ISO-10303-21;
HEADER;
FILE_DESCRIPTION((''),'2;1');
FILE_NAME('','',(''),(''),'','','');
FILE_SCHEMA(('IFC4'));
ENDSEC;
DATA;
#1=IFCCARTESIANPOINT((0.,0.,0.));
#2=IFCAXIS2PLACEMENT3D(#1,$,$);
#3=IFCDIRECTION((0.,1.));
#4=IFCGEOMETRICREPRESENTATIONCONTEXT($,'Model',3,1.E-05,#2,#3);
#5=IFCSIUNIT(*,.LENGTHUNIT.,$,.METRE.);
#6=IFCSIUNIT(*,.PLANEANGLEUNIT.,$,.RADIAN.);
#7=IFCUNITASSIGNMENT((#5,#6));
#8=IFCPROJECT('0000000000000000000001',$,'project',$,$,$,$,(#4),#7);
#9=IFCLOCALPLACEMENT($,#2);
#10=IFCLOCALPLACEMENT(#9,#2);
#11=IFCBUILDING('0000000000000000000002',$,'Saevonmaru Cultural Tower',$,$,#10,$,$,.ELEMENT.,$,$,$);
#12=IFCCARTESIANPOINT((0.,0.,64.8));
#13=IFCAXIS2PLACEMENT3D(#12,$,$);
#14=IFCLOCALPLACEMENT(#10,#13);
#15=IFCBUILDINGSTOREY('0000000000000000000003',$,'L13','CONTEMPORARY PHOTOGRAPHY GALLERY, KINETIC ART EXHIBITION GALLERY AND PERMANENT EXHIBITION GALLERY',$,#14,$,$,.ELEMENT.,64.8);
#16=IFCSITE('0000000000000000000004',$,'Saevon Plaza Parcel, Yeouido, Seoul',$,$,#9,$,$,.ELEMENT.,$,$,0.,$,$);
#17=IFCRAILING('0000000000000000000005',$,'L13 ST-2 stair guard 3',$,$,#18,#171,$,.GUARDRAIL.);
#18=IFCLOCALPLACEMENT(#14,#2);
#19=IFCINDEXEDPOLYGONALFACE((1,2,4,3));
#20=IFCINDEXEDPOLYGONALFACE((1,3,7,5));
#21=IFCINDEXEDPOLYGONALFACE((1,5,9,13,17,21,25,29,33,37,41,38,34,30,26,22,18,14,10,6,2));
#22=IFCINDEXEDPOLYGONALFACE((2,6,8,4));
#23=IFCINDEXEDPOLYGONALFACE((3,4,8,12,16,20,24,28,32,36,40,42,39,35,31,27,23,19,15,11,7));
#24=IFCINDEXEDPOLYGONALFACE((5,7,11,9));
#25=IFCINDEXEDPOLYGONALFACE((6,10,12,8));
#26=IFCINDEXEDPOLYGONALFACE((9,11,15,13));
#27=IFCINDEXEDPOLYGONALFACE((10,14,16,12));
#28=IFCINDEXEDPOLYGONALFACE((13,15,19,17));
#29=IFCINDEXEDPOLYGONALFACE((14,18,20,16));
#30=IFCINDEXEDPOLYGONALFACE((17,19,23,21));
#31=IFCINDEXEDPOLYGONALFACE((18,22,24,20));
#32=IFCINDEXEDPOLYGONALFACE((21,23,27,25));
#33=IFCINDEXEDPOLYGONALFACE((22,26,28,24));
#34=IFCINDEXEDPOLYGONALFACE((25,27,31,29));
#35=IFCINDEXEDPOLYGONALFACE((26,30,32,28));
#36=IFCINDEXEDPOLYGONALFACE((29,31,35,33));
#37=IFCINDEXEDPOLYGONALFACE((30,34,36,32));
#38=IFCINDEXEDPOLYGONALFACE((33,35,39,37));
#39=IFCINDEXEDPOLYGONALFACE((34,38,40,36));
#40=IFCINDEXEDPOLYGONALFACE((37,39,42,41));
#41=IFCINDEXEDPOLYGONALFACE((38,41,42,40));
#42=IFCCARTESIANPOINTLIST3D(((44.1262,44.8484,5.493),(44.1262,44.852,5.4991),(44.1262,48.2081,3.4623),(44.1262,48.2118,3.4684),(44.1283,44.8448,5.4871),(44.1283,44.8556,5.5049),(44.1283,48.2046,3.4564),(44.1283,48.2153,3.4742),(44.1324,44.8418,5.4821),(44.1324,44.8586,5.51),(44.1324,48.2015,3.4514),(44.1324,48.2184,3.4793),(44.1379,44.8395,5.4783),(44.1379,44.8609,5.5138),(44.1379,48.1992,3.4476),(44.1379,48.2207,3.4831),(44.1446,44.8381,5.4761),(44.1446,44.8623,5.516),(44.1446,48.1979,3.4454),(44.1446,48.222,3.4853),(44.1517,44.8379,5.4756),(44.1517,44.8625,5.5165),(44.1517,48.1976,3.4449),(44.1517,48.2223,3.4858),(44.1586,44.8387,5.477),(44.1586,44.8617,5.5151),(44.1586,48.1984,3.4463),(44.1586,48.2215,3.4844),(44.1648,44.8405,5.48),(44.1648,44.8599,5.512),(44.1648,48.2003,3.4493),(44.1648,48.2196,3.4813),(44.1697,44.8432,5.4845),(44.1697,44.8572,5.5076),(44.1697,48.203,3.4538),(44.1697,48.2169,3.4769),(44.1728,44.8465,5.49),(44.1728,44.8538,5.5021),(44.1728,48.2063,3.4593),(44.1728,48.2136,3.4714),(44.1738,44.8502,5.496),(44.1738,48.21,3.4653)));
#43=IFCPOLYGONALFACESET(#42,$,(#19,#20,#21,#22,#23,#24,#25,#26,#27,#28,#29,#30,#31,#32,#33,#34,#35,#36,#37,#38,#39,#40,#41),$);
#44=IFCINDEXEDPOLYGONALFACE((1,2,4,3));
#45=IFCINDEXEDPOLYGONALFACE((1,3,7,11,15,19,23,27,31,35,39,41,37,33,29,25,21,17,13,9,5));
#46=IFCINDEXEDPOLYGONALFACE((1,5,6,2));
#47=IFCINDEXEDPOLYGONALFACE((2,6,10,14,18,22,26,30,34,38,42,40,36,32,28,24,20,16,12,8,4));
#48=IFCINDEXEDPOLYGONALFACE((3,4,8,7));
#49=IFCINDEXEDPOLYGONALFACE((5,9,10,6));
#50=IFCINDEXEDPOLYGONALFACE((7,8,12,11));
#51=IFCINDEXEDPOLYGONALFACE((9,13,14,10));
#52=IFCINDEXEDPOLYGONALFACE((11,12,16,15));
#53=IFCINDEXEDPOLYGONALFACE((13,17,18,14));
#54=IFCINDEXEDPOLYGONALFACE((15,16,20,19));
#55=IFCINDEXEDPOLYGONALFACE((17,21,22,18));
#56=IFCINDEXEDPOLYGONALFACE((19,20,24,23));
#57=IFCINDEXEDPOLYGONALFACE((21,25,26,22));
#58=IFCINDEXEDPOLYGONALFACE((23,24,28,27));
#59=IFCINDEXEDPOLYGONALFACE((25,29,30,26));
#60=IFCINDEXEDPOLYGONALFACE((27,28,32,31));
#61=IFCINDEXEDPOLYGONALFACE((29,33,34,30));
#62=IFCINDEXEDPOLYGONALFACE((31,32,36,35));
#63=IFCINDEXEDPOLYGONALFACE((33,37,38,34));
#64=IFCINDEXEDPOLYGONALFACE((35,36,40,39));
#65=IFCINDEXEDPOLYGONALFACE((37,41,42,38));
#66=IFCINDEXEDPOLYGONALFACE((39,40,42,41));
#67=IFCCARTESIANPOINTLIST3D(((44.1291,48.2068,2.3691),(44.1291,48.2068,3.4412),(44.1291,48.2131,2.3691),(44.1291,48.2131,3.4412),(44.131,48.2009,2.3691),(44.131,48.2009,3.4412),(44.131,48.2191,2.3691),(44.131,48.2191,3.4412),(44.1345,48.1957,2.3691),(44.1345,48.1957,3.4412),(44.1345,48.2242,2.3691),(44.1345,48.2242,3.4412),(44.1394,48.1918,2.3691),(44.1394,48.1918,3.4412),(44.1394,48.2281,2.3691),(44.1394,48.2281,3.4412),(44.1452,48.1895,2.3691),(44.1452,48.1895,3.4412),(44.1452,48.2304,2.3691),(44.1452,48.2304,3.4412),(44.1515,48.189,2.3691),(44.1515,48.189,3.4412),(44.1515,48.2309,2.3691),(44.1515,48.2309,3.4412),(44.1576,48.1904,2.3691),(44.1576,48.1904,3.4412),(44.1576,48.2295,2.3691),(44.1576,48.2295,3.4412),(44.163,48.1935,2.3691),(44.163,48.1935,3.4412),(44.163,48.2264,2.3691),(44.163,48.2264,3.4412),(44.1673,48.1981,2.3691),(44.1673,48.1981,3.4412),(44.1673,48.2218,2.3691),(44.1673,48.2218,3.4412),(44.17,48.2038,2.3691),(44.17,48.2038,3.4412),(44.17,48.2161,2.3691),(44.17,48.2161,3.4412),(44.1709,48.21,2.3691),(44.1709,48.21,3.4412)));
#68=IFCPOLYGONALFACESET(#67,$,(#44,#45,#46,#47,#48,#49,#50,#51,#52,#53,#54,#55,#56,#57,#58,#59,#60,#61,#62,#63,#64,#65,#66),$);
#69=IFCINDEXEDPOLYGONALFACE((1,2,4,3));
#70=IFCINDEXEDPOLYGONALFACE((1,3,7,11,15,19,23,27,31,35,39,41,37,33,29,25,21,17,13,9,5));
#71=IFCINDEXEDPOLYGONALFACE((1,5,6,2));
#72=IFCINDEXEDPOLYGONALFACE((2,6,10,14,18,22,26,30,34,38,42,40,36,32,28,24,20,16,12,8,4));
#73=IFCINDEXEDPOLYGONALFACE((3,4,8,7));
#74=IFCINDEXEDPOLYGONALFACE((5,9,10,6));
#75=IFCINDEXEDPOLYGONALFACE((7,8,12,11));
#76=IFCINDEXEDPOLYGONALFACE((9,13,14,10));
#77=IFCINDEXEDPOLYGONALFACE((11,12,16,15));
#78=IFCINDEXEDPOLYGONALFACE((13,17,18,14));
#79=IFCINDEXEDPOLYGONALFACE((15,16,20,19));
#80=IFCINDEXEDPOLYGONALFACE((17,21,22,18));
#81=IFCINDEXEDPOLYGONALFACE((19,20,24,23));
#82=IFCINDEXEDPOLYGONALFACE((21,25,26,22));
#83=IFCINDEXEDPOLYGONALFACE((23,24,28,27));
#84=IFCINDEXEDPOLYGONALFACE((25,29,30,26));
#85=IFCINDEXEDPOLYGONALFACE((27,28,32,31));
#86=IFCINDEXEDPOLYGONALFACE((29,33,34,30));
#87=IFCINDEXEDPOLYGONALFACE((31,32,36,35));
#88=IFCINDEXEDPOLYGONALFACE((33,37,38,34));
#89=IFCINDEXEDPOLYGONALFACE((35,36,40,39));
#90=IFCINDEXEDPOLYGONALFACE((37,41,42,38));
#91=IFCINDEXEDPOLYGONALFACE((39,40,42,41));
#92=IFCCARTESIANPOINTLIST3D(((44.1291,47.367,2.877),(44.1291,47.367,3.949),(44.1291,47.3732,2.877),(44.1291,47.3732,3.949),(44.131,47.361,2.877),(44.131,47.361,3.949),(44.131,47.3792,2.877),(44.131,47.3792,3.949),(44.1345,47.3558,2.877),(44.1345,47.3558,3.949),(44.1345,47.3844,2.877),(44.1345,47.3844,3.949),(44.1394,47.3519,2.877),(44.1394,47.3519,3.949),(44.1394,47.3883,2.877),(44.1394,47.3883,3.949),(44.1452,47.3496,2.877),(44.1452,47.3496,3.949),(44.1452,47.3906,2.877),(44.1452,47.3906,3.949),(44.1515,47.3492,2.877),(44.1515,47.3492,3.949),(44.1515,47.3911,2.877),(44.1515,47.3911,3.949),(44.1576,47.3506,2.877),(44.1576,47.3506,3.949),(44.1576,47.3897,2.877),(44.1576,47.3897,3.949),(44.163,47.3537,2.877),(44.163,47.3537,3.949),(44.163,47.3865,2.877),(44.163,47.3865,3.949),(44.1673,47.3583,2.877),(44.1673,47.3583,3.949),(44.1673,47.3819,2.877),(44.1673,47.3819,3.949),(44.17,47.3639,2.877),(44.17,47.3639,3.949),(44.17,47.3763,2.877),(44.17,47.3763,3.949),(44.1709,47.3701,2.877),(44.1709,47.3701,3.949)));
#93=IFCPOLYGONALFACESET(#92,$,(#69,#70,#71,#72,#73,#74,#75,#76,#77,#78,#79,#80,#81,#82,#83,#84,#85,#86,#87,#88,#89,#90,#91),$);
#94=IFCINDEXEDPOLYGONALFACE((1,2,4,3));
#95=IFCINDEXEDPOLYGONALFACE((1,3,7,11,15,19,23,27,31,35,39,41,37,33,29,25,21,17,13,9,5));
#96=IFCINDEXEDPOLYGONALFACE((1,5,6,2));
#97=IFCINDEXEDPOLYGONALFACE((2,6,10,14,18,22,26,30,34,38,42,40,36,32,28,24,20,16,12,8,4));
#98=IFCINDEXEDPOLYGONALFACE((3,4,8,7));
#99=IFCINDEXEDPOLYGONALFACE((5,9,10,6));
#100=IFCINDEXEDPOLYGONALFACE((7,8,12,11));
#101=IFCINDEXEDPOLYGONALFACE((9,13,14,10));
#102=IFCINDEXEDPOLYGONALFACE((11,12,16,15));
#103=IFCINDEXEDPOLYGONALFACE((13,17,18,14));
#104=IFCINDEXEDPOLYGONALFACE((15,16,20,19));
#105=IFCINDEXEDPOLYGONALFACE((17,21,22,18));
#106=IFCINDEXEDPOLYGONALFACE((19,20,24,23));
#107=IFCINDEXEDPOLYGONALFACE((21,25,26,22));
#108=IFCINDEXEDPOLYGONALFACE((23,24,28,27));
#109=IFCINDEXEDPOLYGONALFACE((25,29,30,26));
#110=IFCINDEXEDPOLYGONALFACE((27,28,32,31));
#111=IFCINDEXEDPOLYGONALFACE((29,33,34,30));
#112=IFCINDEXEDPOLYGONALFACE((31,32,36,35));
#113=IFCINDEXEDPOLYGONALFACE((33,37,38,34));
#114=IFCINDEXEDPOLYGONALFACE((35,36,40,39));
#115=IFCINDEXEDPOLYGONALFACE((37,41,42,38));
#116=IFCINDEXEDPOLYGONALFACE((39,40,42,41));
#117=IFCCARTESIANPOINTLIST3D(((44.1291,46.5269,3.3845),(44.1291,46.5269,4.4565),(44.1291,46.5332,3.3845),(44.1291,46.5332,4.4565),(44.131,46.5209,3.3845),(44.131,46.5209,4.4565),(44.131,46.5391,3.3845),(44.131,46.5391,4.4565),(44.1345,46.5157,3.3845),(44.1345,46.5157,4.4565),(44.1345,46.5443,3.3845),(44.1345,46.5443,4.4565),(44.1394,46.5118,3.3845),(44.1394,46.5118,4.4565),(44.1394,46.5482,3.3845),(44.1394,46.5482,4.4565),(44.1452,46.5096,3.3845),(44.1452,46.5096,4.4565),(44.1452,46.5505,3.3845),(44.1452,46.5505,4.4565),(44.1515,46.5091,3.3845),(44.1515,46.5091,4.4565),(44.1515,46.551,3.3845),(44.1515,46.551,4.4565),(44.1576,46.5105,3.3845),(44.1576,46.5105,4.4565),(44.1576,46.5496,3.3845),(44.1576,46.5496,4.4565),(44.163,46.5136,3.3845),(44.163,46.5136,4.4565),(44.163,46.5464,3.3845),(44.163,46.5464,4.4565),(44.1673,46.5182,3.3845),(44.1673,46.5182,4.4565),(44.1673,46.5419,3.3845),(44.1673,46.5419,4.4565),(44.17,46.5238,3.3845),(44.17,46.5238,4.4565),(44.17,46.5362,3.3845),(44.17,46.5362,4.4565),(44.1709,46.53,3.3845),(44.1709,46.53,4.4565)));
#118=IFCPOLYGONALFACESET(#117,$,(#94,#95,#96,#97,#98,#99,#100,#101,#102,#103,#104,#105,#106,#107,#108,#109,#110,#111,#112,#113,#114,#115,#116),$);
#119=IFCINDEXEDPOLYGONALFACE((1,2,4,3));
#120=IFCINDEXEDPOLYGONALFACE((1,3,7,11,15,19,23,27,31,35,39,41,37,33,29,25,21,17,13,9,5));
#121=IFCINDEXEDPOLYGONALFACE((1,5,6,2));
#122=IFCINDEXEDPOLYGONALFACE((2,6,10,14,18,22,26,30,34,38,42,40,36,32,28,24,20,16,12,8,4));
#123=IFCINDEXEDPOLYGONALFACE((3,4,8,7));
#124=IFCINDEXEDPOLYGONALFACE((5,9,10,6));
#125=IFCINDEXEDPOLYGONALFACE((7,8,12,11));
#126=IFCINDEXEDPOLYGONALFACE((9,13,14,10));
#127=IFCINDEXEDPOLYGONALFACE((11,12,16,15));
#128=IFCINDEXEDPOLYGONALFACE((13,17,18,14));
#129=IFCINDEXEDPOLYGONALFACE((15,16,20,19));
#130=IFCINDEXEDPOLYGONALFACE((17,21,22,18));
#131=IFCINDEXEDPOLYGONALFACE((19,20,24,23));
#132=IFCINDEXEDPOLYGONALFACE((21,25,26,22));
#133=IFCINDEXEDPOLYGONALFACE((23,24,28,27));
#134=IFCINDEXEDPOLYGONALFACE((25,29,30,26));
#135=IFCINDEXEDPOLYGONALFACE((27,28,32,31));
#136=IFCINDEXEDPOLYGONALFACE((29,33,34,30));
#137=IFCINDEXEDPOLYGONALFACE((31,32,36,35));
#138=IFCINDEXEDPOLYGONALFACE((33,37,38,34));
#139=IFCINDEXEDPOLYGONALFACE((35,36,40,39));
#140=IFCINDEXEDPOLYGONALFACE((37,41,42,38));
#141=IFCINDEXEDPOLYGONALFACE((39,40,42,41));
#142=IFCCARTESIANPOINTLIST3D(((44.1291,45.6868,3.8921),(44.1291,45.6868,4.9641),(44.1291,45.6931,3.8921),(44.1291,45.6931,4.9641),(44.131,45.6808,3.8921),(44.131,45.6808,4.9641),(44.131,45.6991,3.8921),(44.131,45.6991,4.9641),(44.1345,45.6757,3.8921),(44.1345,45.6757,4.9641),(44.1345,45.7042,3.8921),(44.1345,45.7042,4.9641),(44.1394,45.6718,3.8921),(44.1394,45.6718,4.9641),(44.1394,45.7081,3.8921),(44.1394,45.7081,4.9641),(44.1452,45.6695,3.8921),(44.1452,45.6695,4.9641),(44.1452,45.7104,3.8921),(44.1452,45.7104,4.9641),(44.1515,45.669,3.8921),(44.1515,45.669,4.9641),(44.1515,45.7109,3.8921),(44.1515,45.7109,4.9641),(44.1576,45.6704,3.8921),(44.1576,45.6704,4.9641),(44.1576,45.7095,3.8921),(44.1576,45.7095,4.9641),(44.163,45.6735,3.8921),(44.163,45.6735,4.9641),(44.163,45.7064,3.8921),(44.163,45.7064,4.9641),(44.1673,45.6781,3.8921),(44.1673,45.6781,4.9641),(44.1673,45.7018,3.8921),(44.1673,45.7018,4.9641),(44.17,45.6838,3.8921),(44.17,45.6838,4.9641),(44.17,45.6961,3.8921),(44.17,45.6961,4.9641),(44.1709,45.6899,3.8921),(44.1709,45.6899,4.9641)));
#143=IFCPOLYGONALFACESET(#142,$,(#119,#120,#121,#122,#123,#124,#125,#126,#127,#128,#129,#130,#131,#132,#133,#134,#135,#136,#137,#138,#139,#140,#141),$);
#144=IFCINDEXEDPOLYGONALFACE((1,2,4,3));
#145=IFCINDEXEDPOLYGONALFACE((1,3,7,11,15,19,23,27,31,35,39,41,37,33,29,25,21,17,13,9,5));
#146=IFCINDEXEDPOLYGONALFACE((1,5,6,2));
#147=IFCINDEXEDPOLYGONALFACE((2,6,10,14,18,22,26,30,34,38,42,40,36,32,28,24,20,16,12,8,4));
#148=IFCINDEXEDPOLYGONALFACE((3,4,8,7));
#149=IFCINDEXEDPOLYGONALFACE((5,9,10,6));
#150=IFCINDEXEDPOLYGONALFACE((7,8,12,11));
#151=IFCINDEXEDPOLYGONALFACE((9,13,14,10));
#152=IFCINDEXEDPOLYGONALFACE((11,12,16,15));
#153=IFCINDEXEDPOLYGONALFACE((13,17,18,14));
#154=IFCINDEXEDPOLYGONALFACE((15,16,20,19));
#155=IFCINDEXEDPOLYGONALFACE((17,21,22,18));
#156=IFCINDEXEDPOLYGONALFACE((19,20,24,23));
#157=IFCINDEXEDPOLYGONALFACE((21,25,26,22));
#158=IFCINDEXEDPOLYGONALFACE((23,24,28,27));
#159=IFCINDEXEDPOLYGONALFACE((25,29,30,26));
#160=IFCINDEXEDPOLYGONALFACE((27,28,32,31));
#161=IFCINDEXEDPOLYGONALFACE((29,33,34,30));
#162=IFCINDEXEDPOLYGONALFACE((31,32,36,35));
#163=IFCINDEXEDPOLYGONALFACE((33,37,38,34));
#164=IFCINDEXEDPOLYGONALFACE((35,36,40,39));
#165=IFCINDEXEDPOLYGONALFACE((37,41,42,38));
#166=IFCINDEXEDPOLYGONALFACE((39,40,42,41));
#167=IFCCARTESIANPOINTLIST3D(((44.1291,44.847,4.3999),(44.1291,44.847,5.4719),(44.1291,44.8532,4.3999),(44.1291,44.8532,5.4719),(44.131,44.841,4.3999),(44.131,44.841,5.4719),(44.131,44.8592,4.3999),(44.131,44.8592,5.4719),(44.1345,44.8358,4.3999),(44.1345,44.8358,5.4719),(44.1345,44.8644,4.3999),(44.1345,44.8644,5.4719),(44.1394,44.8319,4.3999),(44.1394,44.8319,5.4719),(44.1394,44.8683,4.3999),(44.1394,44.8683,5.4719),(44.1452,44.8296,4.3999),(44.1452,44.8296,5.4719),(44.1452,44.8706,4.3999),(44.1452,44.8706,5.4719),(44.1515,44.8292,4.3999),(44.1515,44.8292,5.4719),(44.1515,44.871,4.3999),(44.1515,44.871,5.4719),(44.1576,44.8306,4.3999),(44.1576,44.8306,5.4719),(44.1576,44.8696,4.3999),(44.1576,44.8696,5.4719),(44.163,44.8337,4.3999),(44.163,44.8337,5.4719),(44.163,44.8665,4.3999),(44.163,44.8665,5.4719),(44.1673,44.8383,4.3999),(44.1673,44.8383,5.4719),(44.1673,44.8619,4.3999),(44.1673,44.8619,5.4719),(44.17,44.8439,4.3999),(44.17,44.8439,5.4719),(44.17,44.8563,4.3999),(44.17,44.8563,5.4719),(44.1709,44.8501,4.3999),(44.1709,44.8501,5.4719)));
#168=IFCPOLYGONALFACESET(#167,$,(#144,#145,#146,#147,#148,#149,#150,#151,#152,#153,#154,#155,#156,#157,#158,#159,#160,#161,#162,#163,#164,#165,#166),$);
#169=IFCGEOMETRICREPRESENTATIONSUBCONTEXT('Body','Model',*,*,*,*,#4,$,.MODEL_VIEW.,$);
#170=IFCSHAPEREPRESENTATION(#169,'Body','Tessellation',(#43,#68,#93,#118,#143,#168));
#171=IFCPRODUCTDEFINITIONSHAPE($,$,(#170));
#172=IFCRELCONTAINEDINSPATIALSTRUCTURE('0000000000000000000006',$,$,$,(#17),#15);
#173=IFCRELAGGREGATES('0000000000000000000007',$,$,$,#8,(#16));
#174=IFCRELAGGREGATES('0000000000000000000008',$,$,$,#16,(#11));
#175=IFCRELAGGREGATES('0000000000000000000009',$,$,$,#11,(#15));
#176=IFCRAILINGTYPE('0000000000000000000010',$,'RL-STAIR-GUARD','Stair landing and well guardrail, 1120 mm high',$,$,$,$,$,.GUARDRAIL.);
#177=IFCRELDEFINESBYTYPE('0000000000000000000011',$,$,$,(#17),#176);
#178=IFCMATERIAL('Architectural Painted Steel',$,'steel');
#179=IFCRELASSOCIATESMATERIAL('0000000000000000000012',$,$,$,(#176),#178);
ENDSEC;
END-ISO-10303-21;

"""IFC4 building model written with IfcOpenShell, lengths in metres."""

from ifc_helpers import new_model, si_unit, direction, frame, origin, origin_2d, place, context, subcontext, project, spatial, circle, extrude, material, type_object, element, save


model = new_model("IFC4")

# Units and contexts
model_context = context("Model", 3, precision=1e-05, world=origin(), true_north=direction((0.0, 1.0)))
body_context = subcontext(model_context, "Body", "Model", "MODEL_VIEW")
ifc_project = project(units=[si_unit("LENGTHUNIT", "METRE"), si_unit("PLANEANGLEUNIT", "RADIAN")], contexts=[model_context])

# Site, building, storey
site_placement = place(None, origin())
site = spatial("IfcSite", under=ifc_project, at=site_placement, Name="Saevon Plaza Parcel, Yeouido, Seoul", CompositionType="ELEMENT", RefElevation=0.0)
building_placement = place(site_placement, origin())
building = spatial("IfcBuilding", under=site, at=building_placement, Name="Saevonmaru Cultural Tower", CompositionType="ELEMENT")
storey_placement = place(building_placement, frame((0.0, 0.0, 64.8)))
storey = spatial("IfcBuildingStorey", under=building, at=storey_placement, Name="L13", Description="CONTEMPORARY PHOTOGRAPHY GALLERY, KINETIC ART EXHIBITION GALLERY AND PERMANENT EXHIBITION GALLERY", CompositionType="ELEMENT", Elevation=64.8)

# Railing
ifc_material_1 = material(Name="Architectural Painted Steel", Category="steel")
railing_type = type_object("IfcRailingType", Name="RL-STAIR-GUARD", Description="Stair landing and well guardrail, 1120 mm high", PredefinedType="GUARDRAIL", material=ifc_material_1)
railing_1_placement = place(storey_placement, frame((44.1499, 48.21, 2.3691)))
element("IfcRailing", 1, at=railing_1_placement, inside=storey, type_object=railing_type, Name="L13 ST-2 stair guard 3", PredefinedType="GUARDRAIL", context=body_context, shape_type="SweptSolid", body=[
    extrude(circle(Radius=0.0239, at=origin_2d()), frame((0.0, 0.0, 1.0962), z_axis=(0.0, -0.85582, 0.517273), x_axis=(1.0, 0.0, 0.0)), (0.0, 0.0, 1.0), 3.9258),
    extrude(circle(Radius=0.021, at=origin_2d()), origin(), (0.0, 0.0, 1.0), 1.072),
    extrude(circle(Radius=0.021, at=origin_2d()), frame((0.0, -0.8398, 0.5078)), (0.0, 0.0, 1.0), 1.072),
    extrude(circle(Radius=0.021, at=origin_2d()), frame((0.0, -1.6799, 1.0154)), (0.0, 0.0, 1.0), 1.072),
    extrude(circle(Radius=0.021, at=origin_2d()), frame((0.0, -2.52, 1.5229)), (0.0, 0.0, 1.0), 1.072),
    extrude(circle(Radius=0.021, at=origin_2d()), frame((0.0, -3.3599, 2.0308)), (0.0, 0.0, 1.0), 1.072),
])

save(model, "model.ifc")
